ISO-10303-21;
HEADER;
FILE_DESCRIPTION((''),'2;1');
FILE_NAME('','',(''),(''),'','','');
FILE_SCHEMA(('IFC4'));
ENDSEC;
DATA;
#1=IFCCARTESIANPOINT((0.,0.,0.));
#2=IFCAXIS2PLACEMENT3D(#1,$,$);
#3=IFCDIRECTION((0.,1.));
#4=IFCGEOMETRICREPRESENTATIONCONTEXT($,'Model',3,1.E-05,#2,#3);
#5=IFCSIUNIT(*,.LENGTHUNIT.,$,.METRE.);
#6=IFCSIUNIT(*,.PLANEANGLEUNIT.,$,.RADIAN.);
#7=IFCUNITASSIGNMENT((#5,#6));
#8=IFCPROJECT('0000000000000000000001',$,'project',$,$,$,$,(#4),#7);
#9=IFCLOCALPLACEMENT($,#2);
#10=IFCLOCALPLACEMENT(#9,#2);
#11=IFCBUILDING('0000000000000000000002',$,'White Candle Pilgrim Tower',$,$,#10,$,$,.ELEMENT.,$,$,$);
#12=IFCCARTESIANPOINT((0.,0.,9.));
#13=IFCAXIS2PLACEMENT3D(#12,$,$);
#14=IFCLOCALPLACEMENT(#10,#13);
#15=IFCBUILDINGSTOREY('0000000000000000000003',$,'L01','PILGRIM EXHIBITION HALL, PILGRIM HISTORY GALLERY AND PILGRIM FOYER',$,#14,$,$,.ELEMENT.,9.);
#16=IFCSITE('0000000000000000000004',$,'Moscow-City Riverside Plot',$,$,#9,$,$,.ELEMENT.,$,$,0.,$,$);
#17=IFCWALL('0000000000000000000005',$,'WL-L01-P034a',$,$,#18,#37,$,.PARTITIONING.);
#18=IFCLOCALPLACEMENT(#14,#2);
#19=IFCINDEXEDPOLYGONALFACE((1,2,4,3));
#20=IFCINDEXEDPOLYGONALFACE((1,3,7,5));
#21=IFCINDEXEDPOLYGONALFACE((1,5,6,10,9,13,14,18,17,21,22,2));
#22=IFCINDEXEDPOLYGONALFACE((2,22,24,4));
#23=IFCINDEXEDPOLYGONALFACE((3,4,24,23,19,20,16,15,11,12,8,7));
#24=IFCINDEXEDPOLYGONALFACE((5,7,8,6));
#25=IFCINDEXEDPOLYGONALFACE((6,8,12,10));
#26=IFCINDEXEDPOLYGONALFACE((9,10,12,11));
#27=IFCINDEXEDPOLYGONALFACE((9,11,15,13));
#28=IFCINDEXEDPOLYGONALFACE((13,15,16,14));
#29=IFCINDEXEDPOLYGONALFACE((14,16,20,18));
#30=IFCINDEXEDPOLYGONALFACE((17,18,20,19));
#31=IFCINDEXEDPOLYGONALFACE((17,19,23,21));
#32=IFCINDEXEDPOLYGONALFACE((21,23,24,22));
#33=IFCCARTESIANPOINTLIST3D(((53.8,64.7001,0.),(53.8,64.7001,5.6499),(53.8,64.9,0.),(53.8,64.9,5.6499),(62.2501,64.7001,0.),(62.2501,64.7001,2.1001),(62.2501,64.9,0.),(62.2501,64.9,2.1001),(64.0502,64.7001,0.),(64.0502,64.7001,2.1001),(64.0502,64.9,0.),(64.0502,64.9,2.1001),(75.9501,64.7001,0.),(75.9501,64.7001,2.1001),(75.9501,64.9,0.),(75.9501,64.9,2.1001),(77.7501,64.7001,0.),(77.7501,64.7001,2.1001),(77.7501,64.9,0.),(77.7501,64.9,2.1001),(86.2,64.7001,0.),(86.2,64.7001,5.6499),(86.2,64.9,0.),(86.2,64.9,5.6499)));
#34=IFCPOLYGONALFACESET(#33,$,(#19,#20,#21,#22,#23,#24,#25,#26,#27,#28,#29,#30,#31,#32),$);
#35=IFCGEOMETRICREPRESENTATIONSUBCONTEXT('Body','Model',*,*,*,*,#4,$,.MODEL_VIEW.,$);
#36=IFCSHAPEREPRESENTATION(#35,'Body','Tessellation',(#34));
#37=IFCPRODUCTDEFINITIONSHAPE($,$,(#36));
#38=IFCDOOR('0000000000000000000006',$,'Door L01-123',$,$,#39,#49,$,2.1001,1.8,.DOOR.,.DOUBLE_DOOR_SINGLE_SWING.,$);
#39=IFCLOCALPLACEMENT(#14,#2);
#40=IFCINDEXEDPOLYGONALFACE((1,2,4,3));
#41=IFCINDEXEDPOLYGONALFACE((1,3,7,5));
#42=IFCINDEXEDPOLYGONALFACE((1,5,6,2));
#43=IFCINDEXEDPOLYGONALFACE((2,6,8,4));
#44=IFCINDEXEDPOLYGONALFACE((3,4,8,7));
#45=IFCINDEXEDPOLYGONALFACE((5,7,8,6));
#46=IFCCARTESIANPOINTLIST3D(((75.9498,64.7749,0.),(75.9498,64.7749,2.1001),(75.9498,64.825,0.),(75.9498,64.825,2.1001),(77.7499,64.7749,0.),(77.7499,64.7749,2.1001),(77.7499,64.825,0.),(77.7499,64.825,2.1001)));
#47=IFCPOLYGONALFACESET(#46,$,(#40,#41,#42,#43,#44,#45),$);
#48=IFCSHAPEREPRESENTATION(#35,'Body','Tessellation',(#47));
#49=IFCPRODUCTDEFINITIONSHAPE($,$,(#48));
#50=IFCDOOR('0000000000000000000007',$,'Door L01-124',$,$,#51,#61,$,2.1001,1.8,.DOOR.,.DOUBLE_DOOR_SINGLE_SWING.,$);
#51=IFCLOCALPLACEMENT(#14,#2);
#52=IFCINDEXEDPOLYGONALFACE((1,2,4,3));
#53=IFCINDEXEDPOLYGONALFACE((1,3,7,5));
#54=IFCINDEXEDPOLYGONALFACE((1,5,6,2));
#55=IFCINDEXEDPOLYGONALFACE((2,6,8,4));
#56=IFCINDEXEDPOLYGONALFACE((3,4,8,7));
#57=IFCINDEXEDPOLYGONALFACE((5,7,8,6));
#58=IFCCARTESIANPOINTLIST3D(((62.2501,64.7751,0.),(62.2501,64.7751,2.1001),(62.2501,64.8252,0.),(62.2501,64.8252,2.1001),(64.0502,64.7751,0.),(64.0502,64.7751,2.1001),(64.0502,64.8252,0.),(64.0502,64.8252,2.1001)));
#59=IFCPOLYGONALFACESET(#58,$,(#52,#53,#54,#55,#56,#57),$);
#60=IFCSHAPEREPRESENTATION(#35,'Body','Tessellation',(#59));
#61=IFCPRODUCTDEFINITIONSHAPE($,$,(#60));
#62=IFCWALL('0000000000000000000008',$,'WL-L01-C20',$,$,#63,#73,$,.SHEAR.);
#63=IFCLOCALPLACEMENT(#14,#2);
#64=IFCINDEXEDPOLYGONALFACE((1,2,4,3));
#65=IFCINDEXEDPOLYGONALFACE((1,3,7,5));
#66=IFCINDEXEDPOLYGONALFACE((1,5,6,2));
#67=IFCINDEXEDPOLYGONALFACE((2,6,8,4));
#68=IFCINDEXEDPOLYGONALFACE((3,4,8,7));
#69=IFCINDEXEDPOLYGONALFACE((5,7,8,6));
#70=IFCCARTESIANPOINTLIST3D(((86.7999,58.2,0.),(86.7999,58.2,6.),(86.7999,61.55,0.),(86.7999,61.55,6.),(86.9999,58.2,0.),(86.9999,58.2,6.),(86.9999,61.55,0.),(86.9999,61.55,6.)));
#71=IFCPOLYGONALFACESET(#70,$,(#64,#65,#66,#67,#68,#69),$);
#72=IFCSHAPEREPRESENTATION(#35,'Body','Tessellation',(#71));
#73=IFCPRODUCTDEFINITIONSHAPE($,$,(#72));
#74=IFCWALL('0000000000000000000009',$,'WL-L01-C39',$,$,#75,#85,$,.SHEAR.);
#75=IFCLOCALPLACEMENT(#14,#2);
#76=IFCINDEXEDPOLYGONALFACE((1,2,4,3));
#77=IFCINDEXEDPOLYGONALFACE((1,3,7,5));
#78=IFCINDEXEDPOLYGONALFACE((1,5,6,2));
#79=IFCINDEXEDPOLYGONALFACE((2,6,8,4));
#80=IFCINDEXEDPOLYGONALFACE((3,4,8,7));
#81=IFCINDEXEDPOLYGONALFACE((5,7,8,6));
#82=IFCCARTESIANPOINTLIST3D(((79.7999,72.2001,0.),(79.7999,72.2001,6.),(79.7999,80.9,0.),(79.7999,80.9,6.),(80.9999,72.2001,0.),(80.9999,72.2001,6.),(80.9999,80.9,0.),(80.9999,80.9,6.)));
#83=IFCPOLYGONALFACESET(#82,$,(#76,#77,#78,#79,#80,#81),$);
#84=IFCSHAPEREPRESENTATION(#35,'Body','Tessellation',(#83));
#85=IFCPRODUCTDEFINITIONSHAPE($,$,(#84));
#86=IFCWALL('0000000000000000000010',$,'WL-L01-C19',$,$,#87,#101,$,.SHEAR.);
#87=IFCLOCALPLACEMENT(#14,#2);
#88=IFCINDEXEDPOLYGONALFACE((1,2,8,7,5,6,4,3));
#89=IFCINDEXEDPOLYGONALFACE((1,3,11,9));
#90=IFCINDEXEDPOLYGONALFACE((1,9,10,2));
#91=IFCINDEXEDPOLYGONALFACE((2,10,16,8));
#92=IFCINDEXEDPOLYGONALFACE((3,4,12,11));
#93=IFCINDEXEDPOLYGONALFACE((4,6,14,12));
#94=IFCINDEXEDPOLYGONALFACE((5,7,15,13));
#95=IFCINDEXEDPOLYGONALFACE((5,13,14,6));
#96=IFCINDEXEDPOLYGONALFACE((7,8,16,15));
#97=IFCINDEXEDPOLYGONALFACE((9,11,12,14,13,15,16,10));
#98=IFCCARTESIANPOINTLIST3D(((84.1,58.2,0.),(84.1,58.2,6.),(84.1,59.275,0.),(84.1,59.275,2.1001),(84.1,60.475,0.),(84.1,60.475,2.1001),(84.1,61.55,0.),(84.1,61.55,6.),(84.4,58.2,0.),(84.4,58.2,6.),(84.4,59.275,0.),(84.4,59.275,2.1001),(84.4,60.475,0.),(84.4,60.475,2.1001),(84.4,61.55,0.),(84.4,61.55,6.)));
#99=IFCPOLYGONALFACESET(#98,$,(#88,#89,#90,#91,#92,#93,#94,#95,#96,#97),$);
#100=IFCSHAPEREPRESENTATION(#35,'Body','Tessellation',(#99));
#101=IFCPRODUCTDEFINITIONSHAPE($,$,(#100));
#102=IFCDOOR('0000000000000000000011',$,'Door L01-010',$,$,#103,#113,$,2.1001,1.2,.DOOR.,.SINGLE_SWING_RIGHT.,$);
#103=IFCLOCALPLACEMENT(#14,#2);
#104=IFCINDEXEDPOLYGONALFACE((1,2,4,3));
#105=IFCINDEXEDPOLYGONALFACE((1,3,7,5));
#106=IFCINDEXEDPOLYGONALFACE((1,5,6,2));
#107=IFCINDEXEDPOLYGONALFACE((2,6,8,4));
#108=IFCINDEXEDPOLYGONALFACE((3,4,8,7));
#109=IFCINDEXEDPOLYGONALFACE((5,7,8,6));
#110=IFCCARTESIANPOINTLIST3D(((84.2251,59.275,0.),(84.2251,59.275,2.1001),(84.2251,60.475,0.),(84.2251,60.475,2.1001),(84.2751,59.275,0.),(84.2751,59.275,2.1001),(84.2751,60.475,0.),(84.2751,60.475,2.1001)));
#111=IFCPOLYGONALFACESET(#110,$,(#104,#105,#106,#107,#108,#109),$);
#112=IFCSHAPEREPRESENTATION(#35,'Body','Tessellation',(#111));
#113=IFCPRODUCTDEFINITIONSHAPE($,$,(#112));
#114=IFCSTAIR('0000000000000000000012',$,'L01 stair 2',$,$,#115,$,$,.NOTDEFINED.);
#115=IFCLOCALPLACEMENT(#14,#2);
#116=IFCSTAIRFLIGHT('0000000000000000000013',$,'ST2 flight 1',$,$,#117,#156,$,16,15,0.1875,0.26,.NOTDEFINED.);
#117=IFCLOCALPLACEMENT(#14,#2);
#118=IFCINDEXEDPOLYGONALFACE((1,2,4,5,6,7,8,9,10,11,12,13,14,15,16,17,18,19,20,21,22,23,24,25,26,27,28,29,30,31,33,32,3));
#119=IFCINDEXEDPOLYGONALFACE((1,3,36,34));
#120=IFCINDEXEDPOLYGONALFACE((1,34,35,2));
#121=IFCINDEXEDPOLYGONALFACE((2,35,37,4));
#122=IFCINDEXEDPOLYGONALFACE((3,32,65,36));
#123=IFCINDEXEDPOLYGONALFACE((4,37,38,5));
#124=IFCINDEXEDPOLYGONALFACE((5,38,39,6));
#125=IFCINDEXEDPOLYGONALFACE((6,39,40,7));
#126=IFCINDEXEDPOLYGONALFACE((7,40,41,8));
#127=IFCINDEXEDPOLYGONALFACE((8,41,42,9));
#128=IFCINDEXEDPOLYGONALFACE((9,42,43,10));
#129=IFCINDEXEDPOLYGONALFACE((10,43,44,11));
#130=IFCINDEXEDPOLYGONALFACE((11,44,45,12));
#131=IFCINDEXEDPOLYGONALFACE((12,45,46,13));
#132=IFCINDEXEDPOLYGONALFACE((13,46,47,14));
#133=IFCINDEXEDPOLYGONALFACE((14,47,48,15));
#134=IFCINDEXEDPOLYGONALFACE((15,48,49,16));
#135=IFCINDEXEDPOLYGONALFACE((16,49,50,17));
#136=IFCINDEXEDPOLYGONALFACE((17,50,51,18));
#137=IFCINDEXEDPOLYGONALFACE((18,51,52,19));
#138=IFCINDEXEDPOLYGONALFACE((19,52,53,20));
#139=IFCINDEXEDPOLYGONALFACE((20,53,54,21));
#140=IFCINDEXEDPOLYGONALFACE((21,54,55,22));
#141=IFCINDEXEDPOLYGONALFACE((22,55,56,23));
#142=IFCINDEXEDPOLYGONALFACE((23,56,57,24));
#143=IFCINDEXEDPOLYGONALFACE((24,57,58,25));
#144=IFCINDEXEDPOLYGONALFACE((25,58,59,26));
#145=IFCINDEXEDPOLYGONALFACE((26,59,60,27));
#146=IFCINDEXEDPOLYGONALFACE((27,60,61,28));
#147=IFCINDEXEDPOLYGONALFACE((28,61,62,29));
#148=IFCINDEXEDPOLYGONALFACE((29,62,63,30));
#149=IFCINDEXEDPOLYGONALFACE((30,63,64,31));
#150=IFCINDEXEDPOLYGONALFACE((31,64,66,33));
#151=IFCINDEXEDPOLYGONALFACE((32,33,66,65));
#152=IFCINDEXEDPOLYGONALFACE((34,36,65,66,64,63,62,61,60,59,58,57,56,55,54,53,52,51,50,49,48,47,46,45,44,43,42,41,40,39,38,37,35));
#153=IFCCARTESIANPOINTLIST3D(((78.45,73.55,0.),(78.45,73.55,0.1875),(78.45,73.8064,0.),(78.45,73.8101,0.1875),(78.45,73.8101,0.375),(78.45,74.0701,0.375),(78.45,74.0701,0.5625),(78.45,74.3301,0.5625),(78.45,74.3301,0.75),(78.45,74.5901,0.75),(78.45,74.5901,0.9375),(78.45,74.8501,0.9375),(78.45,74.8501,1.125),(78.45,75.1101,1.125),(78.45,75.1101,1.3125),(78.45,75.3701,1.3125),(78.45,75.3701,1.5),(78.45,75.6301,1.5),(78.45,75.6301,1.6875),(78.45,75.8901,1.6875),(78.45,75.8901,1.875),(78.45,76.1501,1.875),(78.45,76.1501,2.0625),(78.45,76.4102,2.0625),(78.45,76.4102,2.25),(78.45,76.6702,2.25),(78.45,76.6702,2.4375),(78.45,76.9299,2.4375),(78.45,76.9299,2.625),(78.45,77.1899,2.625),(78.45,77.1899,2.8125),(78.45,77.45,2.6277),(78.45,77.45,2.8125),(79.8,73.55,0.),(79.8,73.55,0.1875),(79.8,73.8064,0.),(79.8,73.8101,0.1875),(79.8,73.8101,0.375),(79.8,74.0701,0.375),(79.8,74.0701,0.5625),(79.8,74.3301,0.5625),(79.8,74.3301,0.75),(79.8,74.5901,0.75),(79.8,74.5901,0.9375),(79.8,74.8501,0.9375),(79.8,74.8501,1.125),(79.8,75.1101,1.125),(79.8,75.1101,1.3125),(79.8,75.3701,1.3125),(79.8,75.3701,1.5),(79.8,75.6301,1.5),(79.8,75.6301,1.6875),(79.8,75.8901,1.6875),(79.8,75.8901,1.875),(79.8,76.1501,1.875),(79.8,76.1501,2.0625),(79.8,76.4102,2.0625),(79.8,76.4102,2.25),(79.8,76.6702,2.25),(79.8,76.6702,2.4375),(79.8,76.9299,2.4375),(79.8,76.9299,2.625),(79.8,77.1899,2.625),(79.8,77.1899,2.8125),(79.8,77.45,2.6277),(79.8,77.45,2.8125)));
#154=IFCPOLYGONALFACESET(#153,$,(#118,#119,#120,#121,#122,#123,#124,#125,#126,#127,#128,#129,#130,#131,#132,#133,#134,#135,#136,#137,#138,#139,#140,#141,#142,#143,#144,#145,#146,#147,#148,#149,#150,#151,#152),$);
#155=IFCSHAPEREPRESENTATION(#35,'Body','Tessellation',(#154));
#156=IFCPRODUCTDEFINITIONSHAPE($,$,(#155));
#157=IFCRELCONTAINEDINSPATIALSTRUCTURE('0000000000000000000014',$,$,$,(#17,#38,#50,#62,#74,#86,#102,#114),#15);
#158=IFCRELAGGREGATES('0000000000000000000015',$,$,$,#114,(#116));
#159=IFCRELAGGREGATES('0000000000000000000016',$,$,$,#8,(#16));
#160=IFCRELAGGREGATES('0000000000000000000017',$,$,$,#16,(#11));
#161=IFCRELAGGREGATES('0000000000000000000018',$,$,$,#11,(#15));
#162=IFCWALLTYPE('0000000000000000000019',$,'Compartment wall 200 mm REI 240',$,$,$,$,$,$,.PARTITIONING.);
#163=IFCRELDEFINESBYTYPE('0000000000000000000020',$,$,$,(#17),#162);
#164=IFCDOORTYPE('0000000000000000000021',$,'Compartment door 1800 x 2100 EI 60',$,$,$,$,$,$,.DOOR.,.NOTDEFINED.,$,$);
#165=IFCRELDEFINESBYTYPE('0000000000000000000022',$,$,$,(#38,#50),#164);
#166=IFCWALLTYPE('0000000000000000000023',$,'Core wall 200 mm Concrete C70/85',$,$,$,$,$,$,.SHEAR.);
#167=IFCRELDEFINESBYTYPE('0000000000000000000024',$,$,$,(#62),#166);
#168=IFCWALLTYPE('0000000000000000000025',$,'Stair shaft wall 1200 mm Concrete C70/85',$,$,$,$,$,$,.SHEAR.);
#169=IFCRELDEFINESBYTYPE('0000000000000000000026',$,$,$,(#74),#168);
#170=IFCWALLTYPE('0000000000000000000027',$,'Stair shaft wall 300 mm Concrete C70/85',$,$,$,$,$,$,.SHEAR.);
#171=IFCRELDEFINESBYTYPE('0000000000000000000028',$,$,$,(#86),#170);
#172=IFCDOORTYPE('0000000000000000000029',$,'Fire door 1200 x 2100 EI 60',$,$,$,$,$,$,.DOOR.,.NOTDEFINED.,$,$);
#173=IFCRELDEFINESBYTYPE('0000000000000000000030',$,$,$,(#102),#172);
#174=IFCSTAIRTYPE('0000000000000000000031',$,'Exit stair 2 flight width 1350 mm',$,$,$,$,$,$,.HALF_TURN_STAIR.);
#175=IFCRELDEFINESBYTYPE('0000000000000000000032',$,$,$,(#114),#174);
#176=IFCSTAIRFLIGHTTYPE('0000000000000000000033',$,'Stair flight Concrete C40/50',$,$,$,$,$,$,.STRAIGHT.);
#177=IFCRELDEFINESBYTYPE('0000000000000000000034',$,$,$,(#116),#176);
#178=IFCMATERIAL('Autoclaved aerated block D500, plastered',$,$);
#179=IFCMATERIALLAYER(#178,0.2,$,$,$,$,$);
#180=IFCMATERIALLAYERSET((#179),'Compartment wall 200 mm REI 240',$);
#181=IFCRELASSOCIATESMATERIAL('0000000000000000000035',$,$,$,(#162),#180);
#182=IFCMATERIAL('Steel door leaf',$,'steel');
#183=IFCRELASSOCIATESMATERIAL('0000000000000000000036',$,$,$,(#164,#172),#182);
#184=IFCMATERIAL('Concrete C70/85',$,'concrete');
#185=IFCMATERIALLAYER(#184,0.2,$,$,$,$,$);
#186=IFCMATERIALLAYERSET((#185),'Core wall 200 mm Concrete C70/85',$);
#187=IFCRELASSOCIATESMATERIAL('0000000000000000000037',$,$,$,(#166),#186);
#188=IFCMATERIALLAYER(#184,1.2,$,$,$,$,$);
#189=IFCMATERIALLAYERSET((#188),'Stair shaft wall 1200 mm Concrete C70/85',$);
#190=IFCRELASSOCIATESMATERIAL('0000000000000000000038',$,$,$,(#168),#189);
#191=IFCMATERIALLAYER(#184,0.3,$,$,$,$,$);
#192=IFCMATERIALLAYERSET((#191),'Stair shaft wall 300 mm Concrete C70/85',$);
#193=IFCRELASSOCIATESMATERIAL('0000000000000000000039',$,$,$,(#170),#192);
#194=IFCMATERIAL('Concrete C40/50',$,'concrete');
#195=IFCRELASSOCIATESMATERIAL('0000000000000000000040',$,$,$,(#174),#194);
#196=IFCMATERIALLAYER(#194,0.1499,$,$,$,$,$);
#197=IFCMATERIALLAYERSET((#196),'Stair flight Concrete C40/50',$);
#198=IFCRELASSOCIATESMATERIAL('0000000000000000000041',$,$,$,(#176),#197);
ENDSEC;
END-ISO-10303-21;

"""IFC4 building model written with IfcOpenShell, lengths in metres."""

from ifc_helpers import new_model, si_unit, direction, frame, frame_2d, origin, place, context, subcontext, project, spatial, polyline, rectangle, outline, extrude, material, layer, layer_set, type_object, element, fill, aggregate, save


model = new_model("IFC4")

# Units and contexts
model_context = context("Model", 3, precision=1e-05, world=origin(), true_north=direction((0.0, 1.0)))
body_context = subcontext(model_context, "Body", "Model", "MODEL_VIEW")
ifc_project = project(units=[si_unit("LENGTHUNIT", "METRE"), si_unit("PLANEANGLEUNIT", "RADIAN")], contexts=[model_context])

# Site, building, storey
site_placement = place(None, origin())
site = spatial("IfcSite", under=ifc_project, at=site_placement, Name="Moscow-City Riverside Plot", CompositionType="ELEMENT", RefElevation=0.0)
building_placement = place(site_placement, origin())
building = spatial("IfcBuilding", under=site, at=building_placement, Name="White Candle Pilgrim Tower", CompositionType="ELEMENT")
storey_placement = place(building_placement, frame((0.0, 0.0, 9.0)))
storey = spatial("IfcBuildingStorey", under=building, at=storey_placement, Name="L01", Description="PILGRIM EXHIBITION HALL, PILGRIM HISTORY GALLERY AND PILGRIM FOYER", CompositionType="ELEMENT", Elevation=9.0)

# Shared definitions
ifc_material_1 = material(Name="Autoclaved aerated block D500, plastered")
ifc_layer_1 = layer(ifc_material_1, 0.2)
ifc_layer_set_1 = layer_set([ifc_layer_1], Name="Compartment wall 200 mm REI 240")
wall_type_1 = type_object("IfcWallType", Name="Compartment wall 200 mm REI 240", PredefinedType="PARTITIONING", material=ifc_layer_set_1)

# Wall, openings, doors
wall_1_placement = place(storey_placement, frame((86.2, 64.8, 0.0), z_axis=(0.0, 0.0, 1.0), x_axis=(-1.0, 0.0, 0.0)))
wall_1 = element("IfcWall", 1, at=wall_1_placement, inside=storey, type_object=wall_type_1, Name="WL-L01-P034a", PredefinedType="PARTITIONING", context=body_context, shape_type="SweptSolid", body=[
    extrude(rectangle(XDim=32.3999, YDim=0.2, at=frame_2d((16.2, 0.0))), origin(), (0.0, 0.0, 1.0), 5.6499),
])
opening_1_placement = place(wall_1_placement, frame((8.45, 0.0, 0.0)))
opening_1 = element("IfcOpeningElement", 2, at=opening_1_placement, cuts=wall_1, PredefinedType="OPENING", context=body_context, shape_type="SweptSolid", body=[
    extrude(rectangle(XDim=1.8, YDim=2.1001, at=frame_2d((0.8999, 1.05))), frame((0.0, 0.1099, 0.0), z_axis=(0.0, -1.0, 0.0), x_axis=(1.0, 0.0, 0.0)), (0.0, 0.0, 1.0), 0.22),
])
opening_2_placement = place(wall_1_placement, frame((22.1499, 0.0, 0.0)))
opening_2 = element("IfcOpeningElement", 3, at=opening_2_placement, cuts=wall_1, PredefinedType="OPENING", context=body_context, shape_type="SweptSolid", body=[
    extrude(rectangle(XDim=1.8, YDim=2.1001, at=frame_2d((0.8999, 1.05))), frame((0.0, 0.1099, 0.0), z_axis=(0.0, -1.0, 0.0), x_axis=(1.0, 0.0, 0.0)), (0.0, 0.0, 1.0), 0.22),
])
ifc_material_2 = material(Name="Steel door leaf", Category="steel")
door_type_1 = type_object("IfcDoorType", Name="Compartment door 1800 x 2100 EI 60", OperationType="NOTDEFINED", PredefinedType="DOOR", material=ifc_material_2)
door_1_placement = place(opening_1_placement, frame((1.8, 0.0, 0.0), z_axis=(0.0, 0.0, 1.0), x_axis=(-1.0, 0.0, 0.0)))
door_1 = element("IfcDoor", 4, at=door_1_placement, inside=storey, type_object=door_type_1, Name="Door L01-123", OperationType="DOUBLE_DOOR_SINGLE_SWING", OverallHeight=2.1001, OverallWidth=1.8, PredefinedType="DOOR", context=body_context, shape_type="SweptSolid", body=[
    extrude(rectangle(XDim=1.8, YDim=2.1001, at=frame_2d((0.8999, 1.05))), frame((0.0, 0.0249, 0.0), z_axis=(0.0, -1.0, 0.0), x_axis=(1.0, 0.0, 0.0)), (0.0, 0.0, 1.0), 0.05),
])
fill(opening_1, door_1)
door_2_placement = place(opening_2_placement, origin())
door_2 = element("IfcDoor", 5, at=door_2_placement, inside=storey, type_object=door_type_1, Name="Door L01-124", OperationType="DOUBLE_DOOR_SINGLE_SWING", OverallHeight=2.1001, OverallWidth=1.8, PredefinedType="DOOR", context=body_context, shape_type="SweptSolid", body=[
    extrude(rectangle(XDim=1.8, YDim=2.1001, at=frame_2d((0.8999, 1.05))), frame((0.0, 0.0249, 0.0), z_axis=(0.0, -1.0, 0.0), x_axis=(1.0, 0.0, 0.0)), (0.0, 0.0, 1.0), 0.05),
])
fill(opening_2, door_2)

# Walls
ifc_material_3 = material(Name="Concrete C70/85", Category="concrete")
ifc_layer_2 = layer(ifc_material_3, 0.2)
ifc_layer_set_2 = layer_set([ifc_layer_2], Name="Core wall 200 mm Concrete C70/85")
wall_type_2 = type_object("IfcWallType", Name="Core wall 200 mm Concrete C70/85", PredefinedType="SHEAR", material=ifc_layer_set_2)
wall_2_placement = place(storey_placement, frame((86.8999, 58.2, 0.0), z_axis=(0.0, 0.0, 1.0), x_axis=(0.0, 1.0, 0.0)))
element("IfcWall", 6, at=wall_2_placement, inside=storey, type_object=wall_type_2, Name="WL-L01-C20", PredefinedType="SHEAR", context=body_context, shape_type="SweptSolid", body=[
    extrude(rectangle(XDim=3.3501, YDim=0.2, at=frame_2d((1.675, 0.0))), origin(), (0.0, 0.0, 1.0), 6.0),
])
ifc_layer_3 = layer(ifc_material_3, 1.2)
ifc_layer_set_3 = layer_set([ifc_layer_3], Name="Stair shaft wall 1200 mm Concrete C70/85")
wall_type_3 = type_object("IfcWallType", Name="Stair shaft wall 1200 mm Concrete C70/85", PredefinedType="SHEAR", material=ifc_layer_set_3)
wall_3_placement = place(storey_placement, frame((80.3999, 72.2, 0.0), z_axis=(0.0, 0.0, 1.0), x_axis=(0.0, 1.0, 0.0)))
element("IfcWall", 7, at=wall_3_placement, inside=storey, type_object=wall_type_3, Name="WL-L01-C39", PredefinedType="SHEAR", context=body_context, shape_type="SweptSolid", body=[
    extrude(rectangle(XDim=8.7, YDim=1.2, at=frame_2d((4.3501, 0.0))), origin(), (0.0, 0.0, 1.0), 6.0),
])

# Wall, opening, door
ifc_layer_4 = layer(ifc_material_3, 0.3)
ifc_layer_set_4 = layer_set([ifc_layer_4], Name="Stair shaft wall 300 mm Concrete C70/85")
wall_type_4 = type_object("IfcWallType", Name="Stair shaft wall 300 mm Concrete C70/85", PredefinedType="SHEAR", material=ifc_layer_set_4)
wall_4_placement = place(storey_placement, frame((84.25, 58.2, 0.0), z_axis=(0.0, 0.0, 1.0), x_axis=(0.0, 1.0, 0.0)))
wall_4 = element("IfcWall", 8, at=wall_4_placement, inside=storey, type_object=wall_type_4, Name="WL-L01-C19", PredefinedType="SHEAR", context=body_context, shape_type="SweptSolid", body=[
    extrude(rectangle(XDim=3.3501, YDim=0.3, at=frame_2d((1.675, 0.0))), origin(), (0.0, 0.0, 1.0), 6.0),
])
opening_3_placement = place(wall_4_placement, frame((1.075, 0.0, 0.0)))
opening_3 = element("IfcOpeningElement", 9, at=opening_3_placement, cuts=wall_4, PredefinedType="OPENING", context=body_context, shape_type="SweptSolid", body=[
    extrude(rectangle(XDim=1.2, YDim=2.1001, at=frame_2d((0.6001, 1.05))), frame((0.0, 0.1599, 0.0), z_axis=(0.0, -1.0, 0.0), x_axis=(1.0, 0.0, 0.0)), (0.0, 0.0, 1.0), 0.3201),
])
door_type_2 = type_object("IfcDoorType", Name="Fire door 1200 x 2100 EI 60", OperationType="NOTDEFINED", PredefinedType="DOOR", material=ifc_material_2)
door_3_placement = place(opening_3_placement, origin())
door_3 = element("IfcDoor", 10, at=door_3_placement, inside=storey, type_object=door_type_2, Name="Door L01-010", OperationType="SINGLE_SWING_RIGHT", OverallHeight=2.1001, OverallWidth=1.2, PredefinedType="DOOR", context=body_context, shape_type="SweptSolid", body=[
    extrude(rectangle(XDim=1.2, YDim=2.1001, at=frame_2d((0.6001, 1.05))), frame((0.0, 0.0249, 0.0), z_axis=(0.0, -1.0, 0.0), x_axis=(1.0, 0.0, 0.0)), (0.0, 0.0, 1.0), 0.05),
])
fill(opening_3, door_3)

# Stair, stair flight
ifc_material_4 = material(Name="Concrete C40/50", Category="concrete")
stair_type_1 = type_object("IfcStairType", Name="Exit stair 2 flight width 1350 mm", PredefinedType="HALF_TURN_STAIR", material=ifc_material_4)
stair_1_placement = place(storey_placement, origin())
stair_1 = element("IfcStair", 11, at=stair_1_placement, inside=storey, type_object=stair_type_1, Name="L01 stair 2", PredefinedType="NOTDEFINED")
ifc_layer_5 = layer(ifc_material_4, 0.1499)
ifc_layer_set_5 = layer_set([ifc_layer_5], Name="Stair flight Concrete C40/50")
stair_flight_type = type_object("IfcStairFlightType", Name="Stair flight Concrete C40/50", PredefinedType="STRAIGHT", material=ifc_layer_set_5)
stair_flight_1_placement = place(storey_placement, frame((79.125, 73.55, 0.0), z_axis=(0.0, 0.0, 1.0), x_axis=(0.0, 1.0, 0.0)))
stair_flight_1 = element("IfcStairFlight", 12, at=stair_flight_1_placement, type_object=stair_flight_type, Name="ST2 flight 1", NumberOfRisers=16, NumberOfTreads=15, PredefinedType="NOTDEFINED", RiserHeight=0.1875, TreadLength=0.26, context=body_context, shape_type="SweptSolid", body=[
    extrude(outline(polyline([(0.0, 0.0), (0.0, 0.1875), (0.26, 0.1875), (0.26, 0.375), (0.52, 0.375), (0.52, 0.5625), (0.78, 0.5625), (0.78, 0.75), (1.04, 0.75), (1.04, 0.9375), (1.3, 0.9375), (1.3, 1.125), (1.5601, 1.125), (1.5601, 1.3125), (1.8201, 1.3125), (1.8201, 1.5), (2.0801, 1.5), (2.0801, 1.6875), (2.3401, 1.6875), (2.3401, 1.875), (2.6001, 1.875), (2.6001, 2.0625), (2.8601, 2.0625), (2.8601, 2.25), (3.1201, 2.25), (3.1201, 2.4375), (3.3799, 2.4375), (3.3799, 2.625), (3.6399, 2.625), (3.6399, 2.8125), (3.8999, 2.8125), (3.8999, 3.0), (3.8999, 2.6277), (0.2563, 0.0), (0.0, 0.0)])), frame((0.0, 0.675, 0.0), z_axis=(0.0, -1.0, 0.0), x_axis=(1.0, 0.0, 0.0)), (0.0, 0.0, 1.0), 1.3501),
])
aggregate(stair_1, [stair_flight_1])

save(model, "model.ifc")
